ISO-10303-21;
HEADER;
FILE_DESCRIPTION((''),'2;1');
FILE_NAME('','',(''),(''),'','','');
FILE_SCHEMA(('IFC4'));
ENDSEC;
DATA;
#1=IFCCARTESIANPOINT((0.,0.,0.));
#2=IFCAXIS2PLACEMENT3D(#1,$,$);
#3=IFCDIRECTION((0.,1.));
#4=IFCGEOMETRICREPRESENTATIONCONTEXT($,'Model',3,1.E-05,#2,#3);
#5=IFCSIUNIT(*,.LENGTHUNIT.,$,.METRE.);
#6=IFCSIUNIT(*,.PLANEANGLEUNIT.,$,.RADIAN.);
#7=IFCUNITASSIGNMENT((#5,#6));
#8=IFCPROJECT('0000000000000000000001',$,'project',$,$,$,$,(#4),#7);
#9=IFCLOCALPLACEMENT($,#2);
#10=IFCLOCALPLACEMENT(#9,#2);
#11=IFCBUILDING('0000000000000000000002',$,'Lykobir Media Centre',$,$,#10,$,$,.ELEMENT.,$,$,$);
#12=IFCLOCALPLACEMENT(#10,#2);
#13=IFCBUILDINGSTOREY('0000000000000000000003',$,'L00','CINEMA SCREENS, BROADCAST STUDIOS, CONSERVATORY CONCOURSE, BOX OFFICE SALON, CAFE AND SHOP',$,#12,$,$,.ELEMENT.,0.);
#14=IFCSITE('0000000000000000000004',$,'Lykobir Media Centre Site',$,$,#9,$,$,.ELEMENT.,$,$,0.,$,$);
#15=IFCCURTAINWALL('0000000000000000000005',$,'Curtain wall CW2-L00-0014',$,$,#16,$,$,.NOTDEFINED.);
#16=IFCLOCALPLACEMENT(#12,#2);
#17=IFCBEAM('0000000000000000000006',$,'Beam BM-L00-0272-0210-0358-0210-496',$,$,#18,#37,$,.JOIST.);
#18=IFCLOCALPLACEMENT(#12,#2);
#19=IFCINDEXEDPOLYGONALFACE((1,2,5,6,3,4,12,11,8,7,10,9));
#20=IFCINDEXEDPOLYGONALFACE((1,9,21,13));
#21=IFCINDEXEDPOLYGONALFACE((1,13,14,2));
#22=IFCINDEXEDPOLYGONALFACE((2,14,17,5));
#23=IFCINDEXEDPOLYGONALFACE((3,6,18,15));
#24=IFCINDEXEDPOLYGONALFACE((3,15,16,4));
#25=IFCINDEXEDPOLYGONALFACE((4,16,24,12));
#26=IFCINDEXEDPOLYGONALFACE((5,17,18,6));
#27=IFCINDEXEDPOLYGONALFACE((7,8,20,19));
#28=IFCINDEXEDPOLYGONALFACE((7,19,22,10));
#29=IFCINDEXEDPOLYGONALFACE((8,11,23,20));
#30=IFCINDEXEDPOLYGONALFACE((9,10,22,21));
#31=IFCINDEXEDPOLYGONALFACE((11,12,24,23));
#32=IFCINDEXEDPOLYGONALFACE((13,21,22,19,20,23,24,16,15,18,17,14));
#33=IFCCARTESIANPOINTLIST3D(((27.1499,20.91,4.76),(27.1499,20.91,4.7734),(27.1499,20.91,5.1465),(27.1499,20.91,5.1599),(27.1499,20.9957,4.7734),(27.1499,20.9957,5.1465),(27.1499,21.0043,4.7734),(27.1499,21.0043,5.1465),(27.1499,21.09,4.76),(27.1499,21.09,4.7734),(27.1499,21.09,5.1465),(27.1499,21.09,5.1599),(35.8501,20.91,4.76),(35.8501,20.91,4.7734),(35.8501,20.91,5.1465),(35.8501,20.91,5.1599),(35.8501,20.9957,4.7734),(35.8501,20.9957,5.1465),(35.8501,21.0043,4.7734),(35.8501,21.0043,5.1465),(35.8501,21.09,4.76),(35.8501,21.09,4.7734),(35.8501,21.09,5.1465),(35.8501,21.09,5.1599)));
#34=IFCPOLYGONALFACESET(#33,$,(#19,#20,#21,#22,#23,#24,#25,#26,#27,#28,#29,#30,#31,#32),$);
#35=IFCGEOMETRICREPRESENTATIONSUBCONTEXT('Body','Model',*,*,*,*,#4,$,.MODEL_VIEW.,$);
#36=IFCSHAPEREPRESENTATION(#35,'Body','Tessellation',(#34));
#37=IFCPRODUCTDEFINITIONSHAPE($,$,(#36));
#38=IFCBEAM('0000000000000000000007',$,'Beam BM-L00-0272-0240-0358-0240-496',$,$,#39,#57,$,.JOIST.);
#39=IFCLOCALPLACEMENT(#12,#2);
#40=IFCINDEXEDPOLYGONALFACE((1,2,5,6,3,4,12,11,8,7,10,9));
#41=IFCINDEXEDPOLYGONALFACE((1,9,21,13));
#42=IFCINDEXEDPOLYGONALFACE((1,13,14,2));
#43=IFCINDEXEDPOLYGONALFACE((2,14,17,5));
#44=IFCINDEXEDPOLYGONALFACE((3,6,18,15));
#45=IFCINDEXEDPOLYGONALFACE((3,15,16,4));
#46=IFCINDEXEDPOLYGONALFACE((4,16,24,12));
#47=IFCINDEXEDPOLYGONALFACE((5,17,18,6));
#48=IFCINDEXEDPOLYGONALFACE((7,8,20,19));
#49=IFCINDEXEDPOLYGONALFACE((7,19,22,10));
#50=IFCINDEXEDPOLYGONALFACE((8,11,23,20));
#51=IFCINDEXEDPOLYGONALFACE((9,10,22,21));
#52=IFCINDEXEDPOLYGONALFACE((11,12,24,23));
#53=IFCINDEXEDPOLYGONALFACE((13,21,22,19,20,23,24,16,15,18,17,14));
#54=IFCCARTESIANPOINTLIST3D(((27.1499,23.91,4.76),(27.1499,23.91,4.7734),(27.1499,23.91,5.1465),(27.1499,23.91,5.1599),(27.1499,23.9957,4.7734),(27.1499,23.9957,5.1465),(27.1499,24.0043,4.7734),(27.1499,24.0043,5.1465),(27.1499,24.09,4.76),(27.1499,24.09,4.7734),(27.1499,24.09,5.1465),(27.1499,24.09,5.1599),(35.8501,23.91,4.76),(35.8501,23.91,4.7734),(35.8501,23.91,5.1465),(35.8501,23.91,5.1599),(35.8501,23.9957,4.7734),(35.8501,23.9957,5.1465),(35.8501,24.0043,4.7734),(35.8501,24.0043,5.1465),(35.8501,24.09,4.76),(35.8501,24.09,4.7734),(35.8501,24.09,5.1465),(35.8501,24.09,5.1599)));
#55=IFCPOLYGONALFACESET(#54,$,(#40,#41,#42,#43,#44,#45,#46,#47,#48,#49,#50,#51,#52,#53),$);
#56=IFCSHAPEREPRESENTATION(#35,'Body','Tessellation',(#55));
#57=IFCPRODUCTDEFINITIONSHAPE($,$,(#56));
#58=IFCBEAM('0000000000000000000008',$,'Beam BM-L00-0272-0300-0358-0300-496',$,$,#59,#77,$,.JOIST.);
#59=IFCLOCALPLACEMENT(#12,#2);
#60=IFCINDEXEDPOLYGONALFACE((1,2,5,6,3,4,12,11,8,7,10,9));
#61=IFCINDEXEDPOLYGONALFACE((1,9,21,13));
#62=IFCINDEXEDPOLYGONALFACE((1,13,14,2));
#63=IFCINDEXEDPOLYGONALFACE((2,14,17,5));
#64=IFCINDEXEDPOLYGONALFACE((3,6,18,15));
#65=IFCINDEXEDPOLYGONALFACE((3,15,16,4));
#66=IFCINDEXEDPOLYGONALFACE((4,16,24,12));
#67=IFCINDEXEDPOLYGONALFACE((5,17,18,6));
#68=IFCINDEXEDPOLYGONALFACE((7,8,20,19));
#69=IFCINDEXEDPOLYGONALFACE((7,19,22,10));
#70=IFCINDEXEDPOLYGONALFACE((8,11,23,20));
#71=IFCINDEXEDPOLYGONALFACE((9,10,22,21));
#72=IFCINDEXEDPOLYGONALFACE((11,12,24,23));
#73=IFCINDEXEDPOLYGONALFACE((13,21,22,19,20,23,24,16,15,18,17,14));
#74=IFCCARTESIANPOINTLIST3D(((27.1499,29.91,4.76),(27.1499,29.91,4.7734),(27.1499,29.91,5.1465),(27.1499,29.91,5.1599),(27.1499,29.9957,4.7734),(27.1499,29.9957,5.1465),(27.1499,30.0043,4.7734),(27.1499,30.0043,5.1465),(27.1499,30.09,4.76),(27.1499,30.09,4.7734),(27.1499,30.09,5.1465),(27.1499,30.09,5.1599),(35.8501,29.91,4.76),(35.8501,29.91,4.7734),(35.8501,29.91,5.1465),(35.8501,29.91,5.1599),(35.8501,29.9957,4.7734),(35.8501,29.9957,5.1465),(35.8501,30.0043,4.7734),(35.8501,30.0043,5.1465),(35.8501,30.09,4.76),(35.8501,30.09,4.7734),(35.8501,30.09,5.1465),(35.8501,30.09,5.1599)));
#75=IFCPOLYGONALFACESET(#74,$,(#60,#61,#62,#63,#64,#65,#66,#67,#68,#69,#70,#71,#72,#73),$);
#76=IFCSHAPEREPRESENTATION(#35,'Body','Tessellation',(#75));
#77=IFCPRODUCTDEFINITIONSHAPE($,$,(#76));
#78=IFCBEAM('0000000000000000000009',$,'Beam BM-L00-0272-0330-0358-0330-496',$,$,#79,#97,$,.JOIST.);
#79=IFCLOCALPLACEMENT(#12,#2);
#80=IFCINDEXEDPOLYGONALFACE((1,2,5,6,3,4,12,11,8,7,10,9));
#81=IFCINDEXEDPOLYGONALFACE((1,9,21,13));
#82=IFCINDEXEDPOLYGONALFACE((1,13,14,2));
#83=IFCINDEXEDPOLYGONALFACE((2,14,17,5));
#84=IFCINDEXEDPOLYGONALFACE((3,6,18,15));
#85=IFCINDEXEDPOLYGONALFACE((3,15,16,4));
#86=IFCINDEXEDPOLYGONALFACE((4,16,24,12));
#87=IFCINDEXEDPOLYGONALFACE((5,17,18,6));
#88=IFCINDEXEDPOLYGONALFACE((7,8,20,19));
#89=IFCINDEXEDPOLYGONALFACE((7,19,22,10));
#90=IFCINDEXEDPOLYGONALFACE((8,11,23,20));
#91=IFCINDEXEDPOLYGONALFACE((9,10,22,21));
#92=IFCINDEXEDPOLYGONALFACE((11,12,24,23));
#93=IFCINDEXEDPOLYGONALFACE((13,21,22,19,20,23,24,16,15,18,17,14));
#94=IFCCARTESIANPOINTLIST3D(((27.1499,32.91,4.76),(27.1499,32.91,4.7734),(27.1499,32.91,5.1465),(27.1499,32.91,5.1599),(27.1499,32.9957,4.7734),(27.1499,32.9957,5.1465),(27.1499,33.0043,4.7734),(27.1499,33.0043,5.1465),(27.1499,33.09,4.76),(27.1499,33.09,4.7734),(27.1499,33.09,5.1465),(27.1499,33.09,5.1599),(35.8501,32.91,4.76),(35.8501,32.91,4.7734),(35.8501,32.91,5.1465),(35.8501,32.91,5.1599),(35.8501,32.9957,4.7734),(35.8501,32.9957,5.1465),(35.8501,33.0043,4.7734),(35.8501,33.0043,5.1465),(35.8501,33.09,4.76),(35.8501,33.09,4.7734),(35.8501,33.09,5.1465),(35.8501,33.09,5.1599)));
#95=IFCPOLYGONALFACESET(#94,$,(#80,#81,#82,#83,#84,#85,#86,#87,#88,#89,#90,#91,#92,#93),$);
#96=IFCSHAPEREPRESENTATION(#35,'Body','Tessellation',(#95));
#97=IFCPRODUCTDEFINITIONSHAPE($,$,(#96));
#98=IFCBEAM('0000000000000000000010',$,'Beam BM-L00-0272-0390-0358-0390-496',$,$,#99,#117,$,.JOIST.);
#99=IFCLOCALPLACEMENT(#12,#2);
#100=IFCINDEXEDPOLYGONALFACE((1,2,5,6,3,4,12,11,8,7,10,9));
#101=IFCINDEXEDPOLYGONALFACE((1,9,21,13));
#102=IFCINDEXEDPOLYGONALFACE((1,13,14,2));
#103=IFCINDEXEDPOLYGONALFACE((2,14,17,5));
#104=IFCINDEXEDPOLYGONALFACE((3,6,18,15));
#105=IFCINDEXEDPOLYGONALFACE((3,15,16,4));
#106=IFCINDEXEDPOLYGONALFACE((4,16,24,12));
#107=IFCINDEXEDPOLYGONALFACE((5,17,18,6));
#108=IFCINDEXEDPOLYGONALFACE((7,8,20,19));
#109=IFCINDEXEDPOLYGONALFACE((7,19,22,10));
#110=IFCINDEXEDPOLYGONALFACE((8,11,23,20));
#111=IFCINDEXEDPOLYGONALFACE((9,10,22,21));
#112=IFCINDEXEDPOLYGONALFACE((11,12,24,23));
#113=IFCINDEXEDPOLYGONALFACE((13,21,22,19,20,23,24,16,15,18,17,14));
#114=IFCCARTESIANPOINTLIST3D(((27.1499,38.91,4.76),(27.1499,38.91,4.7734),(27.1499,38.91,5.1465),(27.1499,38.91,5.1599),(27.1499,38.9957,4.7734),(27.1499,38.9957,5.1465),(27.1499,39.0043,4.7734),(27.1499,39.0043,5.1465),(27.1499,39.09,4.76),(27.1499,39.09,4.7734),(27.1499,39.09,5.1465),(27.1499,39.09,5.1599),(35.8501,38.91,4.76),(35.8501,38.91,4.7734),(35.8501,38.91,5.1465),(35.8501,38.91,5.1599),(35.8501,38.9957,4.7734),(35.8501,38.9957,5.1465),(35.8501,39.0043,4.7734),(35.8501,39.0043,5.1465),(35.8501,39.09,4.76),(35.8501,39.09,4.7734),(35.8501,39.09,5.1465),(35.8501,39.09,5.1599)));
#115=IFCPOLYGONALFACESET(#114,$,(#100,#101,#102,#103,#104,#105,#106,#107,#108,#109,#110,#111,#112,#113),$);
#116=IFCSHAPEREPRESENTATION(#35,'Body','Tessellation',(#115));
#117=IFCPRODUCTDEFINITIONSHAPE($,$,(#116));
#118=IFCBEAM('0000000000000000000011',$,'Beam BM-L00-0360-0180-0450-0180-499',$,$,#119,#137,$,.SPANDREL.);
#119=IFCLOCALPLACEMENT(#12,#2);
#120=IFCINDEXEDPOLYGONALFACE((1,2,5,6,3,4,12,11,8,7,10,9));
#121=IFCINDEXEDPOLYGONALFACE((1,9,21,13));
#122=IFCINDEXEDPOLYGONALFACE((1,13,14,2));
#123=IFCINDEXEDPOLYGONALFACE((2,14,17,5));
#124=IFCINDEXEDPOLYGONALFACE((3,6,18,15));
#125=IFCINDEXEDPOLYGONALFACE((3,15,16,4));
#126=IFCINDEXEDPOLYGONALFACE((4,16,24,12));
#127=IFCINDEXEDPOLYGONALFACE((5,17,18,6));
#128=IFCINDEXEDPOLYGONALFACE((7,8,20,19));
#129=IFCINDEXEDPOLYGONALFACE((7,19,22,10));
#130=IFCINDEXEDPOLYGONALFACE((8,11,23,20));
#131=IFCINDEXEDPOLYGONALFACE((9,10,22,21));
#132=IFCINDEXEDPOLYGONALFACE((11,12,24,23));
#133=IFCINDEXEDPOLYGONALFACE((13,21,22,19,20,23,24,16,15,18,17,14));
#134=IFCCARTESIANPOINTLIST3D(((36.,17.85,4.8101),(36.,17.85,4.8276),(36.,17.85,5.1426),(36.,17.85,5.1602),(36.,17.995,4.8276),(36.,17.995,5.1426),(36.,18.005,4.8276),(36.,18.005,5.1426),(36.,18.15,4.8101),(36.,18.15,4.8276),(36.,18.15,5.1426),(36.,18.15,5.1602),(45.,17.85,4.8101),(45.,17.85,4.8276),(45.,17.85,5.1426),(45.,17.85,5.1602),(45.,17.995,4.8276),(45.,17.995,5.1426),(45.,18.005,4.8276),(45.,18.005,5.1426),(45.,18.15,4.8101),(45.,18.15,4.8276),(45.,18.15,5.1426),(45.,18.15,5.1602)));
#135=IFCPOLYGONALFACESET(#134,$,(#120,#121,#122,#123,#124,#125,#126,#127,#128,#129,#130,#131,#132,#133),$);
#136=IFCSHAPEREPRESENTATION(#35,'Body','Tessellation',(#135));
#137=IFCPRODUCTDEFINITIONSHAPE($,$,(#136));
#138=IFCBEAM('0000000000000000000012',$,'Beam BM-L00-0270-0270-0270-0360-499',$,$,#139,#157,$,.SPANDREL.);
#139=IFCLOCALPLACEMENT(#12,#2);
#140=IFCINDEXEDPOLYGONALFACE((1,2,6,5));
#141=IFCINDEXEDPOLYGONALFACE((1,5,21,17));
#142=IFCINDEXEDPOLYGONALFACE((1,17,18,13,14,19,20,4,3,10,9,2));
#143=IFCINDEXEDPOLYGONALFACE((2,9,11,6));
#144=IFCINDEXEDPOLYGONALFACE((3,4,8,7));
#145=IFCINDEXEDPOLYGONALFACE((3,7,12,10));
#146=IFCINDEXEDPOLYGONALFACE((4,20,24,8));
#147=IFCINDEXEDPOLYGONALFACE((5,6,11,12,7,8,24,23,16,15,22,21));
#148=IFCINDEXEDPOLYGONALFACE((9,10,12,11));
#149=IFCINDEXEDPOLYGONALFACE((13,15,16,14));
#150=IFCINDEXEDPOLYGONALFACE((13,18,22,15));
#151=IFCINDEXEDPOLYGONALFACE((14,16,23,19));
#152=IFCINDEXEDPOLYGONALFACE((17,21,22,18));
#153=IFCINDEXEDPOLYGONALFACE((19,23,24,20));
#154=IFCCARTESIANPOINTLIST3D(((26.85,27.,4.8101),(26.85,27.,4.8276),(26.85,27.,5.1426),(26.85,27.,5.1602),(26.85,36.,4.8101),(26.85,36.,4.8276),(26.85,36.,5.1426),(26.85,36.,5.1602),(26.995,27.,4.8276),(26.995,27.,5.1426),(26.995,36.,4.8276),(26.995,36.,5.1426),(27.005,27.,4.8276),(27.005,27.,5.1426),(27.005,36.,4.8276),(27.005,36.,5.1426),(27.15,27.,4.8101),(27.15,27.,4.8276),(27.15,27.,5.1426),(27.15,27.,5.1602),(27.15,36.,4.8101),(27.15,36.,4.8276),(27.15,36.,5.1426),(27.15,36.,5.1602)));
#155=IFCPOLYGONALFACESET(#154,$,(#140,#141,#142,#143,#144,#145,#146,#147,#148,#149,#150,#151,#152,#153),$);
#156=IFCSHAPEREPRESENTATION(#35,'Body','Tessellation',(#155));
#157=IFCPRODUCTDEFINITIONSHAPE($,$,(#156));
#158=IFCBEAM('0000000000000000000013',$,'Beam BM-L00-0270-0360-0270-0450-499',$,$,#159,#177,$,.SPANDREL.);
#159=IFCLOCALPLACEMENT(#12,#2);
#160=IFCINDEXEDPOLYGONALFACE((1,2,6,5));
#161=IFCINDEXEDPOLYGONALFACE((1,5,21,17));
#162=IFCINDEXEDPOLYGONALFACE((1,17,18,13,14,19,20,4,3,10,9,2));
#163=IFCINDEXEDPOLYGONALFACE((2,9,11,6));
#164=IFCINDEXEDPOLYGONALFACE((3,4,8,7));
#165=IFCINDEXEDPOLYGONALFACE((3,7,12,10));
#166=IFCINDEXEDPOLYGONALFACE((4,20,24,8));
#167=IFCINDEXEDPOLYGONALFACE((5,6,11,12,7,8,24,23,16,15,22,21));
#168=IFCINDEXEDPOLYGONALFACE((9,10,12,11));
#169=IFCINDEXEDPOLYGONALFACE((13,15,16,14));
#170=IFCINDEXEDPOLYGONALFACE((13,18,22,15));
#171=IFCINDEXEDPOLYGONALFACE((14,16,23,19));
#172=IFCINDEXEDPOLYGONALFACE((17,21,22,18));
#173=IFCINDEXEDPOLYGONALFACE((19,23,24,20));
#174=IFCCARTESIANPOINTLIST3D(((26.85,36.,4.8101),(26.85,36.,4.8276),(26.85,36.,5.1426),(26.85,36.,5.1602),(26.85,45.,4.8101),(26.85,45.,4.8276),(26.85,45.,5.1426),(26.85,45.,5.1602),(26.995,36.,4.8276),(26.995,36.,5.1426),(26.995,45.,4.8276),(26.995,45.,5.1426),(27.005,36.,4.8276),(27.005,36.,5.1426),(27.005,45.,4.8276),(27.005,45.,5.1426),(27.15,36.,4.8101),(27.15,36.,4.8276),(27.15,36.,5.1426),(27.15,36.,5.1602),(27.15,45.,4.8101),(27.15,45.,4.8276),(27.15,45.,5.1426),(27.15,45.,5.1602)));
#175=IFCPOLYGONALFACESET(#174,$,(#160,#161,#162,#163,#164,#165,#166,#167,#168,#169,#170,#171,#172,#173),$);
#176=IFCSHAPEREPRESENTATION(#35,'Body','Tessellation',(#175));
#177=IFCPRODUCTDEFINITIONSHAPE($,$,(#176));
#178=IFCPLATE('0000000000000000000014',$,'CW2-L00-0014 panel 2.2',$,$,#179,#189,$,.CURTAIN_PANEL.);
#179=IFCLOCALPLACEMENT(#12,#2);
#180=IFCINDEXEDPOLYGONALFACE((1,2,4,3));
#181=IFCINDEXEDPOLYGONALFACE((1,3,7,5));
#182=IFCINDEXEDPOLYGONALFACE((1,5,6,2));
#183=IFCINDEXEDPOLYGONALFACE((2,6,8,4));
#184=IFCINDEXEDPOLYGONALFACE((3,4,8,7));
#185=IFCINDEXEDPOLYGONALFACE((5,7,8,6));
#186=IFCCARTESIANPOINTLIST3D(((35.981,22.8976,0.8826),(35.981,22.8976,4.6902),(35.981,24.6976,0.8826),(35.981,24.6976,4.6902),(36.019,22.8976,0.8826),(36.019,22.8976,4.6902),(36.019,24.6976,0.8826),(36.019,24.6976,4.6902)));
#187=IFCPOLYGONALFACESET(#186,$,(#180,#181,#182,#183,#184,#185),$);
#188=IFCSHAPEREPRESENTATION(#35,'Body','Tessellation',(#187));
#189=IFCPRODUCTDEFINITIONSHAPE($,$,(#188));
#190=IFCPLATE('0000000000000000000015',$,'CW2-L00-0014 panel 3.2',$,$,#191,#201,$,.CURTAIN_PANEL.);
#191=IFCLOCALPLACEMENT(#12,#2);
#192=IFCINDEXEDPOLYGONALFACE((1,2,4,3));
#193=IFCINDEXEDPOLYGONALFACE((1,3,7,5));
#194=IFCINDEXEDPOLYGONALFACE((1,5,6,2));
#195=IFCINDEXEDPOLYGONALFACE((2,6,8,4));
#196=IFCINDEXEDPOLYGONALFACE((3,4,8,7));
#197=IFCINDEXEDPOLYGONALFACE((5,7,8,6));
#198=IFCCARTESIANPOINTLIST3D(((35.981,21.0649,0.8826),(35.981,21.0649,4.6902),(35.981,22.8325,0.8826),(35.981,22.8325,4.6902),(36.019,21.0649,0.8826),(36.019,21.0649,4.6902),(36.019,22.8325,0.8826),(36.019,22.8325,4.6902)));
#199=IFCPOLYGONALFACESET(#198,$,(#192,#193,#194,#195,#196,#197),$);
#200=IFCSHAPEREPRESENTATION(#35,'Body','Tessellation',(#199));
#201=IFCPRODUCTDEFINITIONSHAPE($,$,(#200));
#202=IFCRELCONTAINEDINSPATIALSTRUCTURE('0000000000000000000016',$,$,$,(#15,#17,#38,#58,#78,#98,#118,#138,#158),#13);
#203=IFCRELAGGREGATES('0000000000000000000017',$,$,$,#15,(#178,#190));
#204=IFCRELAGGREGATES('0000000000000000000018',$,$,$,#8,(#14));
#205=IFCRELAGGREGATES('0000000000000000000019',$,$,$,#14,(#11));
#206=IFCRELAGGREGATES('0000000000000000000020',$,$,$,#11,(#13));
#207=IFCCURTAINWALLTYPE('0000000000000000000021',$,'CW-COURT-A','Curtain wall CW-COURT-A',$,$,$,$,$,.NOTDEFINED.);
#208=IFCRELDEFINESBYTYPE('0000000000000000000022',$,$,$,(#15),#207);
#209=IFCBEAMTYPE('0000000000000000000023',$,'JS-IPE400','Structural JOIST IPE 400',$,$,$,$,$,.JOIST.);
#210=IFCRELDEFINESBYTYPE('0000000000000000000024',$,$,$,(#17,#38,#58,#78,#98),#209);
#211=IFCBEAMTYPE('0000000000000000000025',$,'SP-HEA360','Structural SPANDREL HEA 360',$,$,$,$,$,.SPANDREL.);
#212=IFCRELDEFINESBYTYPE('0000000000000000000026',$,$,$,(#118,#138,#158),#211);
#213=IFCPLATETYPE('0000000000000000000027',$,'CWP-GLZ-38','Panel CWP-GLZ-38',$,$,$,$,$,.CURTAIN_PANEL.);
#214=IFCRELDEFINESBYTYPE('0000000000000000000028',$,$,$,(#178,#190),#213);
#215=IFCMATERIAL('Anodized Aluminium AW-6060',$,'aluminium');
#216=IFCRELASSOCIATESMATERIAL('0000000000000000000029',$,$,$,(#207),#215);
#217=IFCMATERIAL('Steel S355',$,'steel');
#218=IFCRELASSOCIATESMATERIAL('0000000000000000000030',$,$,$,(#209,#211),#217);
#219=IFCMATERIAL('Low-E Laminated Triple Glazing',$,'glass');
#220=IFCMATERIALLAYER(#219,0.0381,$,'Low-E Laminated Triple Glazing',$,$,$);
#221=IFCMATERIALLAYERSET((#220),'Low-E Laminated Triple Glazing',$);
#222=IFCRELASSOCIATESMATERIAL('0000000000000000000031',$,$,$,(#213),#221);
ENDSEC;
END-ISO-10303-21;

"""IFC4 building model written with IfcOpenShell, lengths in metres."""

from ifc_helpers import new_model, si_unit, direction, frame, origin, origin_2d, place, context, subcontext, project, spatial, rectangle, i_section, extrude, material, layer, layer_set, material_profile, profile_set, type_object, element, aggregate, save


model = new_model("IFC4")

# Units and contexts
model_context = context("Model", 3, precision=1e-05, world=origin(), true_north=direction((0.0, 1.0)))
body_context = subcontext(model_context, "Body", "Model", "MODEL_VIEW")
ifc_project = project(units=[si_unit("LENGTHUNIT", "METRE"), si_unit("PLANEANGLEUNIT", "RADIAN")], contexts=[model_context])

# Site, building, storey
site_placement = place(None, origin())
site = spatial("IfcSite", under=ifc_project, at=site_placement, Name="Lykobir Media Centre Site", CompositionType="ELEMENT", RefElevation=0.0)
building_placement = place(site_placement, origin())
building = spatial("IfcBuilding", under=site, at=building_placement, Name="Lykobir Media Centre", CompositionType="ELEMENT")
storey_placement = place(building_placement, origin())
storey = spatial("IfcBuildingStorey", under=building, at=storey_placement, Name="L00", Description="CINEMA SCREENS, BROADCAST STUDIOS, CONSERVATORY CONCOURSE, BOX OFFICE SALON, CAFE AND SHOP", CompositionType="ELEMENT", Elevation=0.0)

# Shared definitions
ifc_material_1 = material(Name="Steel S355", Category="steel")

# Curtain wall
ifc_material_2 = material(Name="Anodized Aluminium AW-6060", Category="aluminium")
curtain_wall_type = type_object("IfcCurtainWallType", Name="CW-COURT-A", Description="Curtain wall CW-COURT-A", PredefinedType="NOTDEFINED", material=ifc_material_2)
curtain_wall_placement = place(storey_placement, origin())
curtain_wall = element("IfcCurtainWall", 1, at=curtain_wall_placement, inside=storey, type_object=curtain_wall_type, Name="Curtain wall CW2-L00-0014", PredefinedType="NOTDEFINED")

# Beams
ifc_material_profile_1 = material_profile(ifc_material_1, i_section(OverallWidth=0.1799, OverallDepth=0.3999, WebThickness=0.0085, FlangeThickness=0.0134, at=origin_2d()), Name="IPE 400")
ifc_profile_set_1 = profile_set([ifc_material_profile_1], Name="Steel S355")
beam_type_1 = type_object("IfcBeamType", Name="JS-IPE400", Description="Structural JOIST IPE 400", PredefinedType="JOIST", material=ifc_profile_set_1)
for number, where, z_axis, x_axis, name in (
    (2, (27.1499, 21.0, 4.96), (1.0, 0.0, 0.0), (0.0, 1.0, 0.0), "Beam BM-L00-0272-0210-0358-0210-496"),
    (3, (27.1499, 24.0, 4.96), (1.0, 0.0, 0.0), (0.0, 1.0, 0.0), "Beam BM-L00-0272-0240-0358-0240-496"),
    (4, (27.1499, 30.0, 4.96), (1.0, 0.0, 0.0), (0.0, 1.0, 0.0), "Beam BM-L00-0272-0300-0358-0300-496"),
    (5, (27.1499, 33.0, 4.96), (1.0, 0.0, 0.0), (0.0, 1.0, 0.0), "Beam BM-L00-0272-0330-0358-0330-496"),
    (6, (27.1499, 39.0, 4.96), (1.0, 0.0, 0.0), (0.0, 1.0, 0.0), "Beam BM-L00-0272-0390-0358-0390-496"),
):
    element("IfcBeam", number, at=place(storey_placement, frame(where, z_axis=z_axis, x_axis=x_axis)), inside=storey, type_object=beam_type_1, Name=name, PredefinedType="JOIST", context=body_context, shape_type="SweptSolid", body=[
        extrude(i_section(OverallWidth=0.1799, OverallDepth=0.3999, WebThickness=0.0085, FlangeThickness=0.0134, at=origin_2d()), origin(), (0.0, 0.0, 1.0), 8.7002),
    ])
ifc_material_profile_2 = material_profile(ifc_material_1, i_section(OverallWidth=0.3, OverallDepth=0.3501, WebThickness=0.01, FlangeThickness=0.0176, at=origin_2d()), Name="HEA 360")
ifc_profile_set_2 = profile_set([ifc_material_profile_2], Name="Steel S355")
beam_type_2 = type_object("IfcBeamType", Name="SP-HEA360", Description="Structural SPANDREL HEA 360", PredefinedType="SPANDREL", material=ifc_profile_set_2)
for number, where, z_axis, x_axis, name in (
    (7, (36.0, 18.0, 4.9851), (1.0, 0.0, 0.0), (0.0, 1.0, 0.0), "Beam BM-L00-0360-0180-0450-0180-499"),
    (8, (27.0, 27.0, 4.9851), (0.0, 1.0, 0.0), (-1.0, 0.0, 0.0), "Beam BM-L00-0270-0270-0270-0360-499"),
    (9, (27.0, 36.0, 4.9851), (0.0, 1.0, 0.0), (-1.0, 0.0, 0.0), "Beam BM-L00-0270-0360-0270-0450-499"),
):
    element("IfcBeam", number, at=place(storey_placement, frame(where, z_axis=z_axis, x_axis=x_axis)), inside=storey, type_object=beam_type_2, Name=name, PredefinedType="SPANDREL", context=body_context, shape_type="SweptSolid", body=[
        extrude(i_section(OverallWidth=0.3, OverallDepth=0.3501, WebThickness=0.01, FlangeThickness=0.0176, at=origin_2d()), origin(), (0.0, 0.0, 1.0), 9.0),
    ])

# Plates
ifc_material_3 = material(Name="Low-E Laminated Triple Glazing", Category="glass")
ifc_layer_1 = layer(ifc_material_3, 0.0381, Name="Low-E Laminated Triple Glazing")
ifc_layer_set_1 = layer_set([ifc_layer_1], Name="Low-E Laminated Triple Glazing")
plate_type_1 = type_object("IfcPlateType", Name="CWP-GLZ-38", Description="Panel CWP-GLZ-38", PredefinedType="CURTAIN_PANEL", material=ifc_layer_set_1)
plate_1_placement = place(storey_placement, frame((36.0, 23.7976, 0.8826), z_axis=(0.0, 0.0, 1.0), x_axis=(0.0, -1.0, 0.0)))
plate_1 = element("IfcPlate", 10, at=plate_1_placement, type_object=plate_type_1, Name="CW2-L00-0014 panel 2.2", PredefinedType="CURTAIN_PANEL", context=body_context, shape_type="SweptSolid", body=[
    extrude(rectangle(XDim=1.8, YDim=0.0381, at=origin_2d()), origin(), (0.0, 0.0, 1.0), 3.8076),
])
plate_2_placement = place(storey_placement, frame((36.0, 21.9487, 0.8826), z_axis=(0.0, 0.0, 1.0), x_axis=(0.0, -1.0, 0.0)))
plate_2 = element("IfcPlate", 11, at=plate_2_placement, type_object=plate_type_1, Name="CW2-L00-0014 panel 3.2", PredefinedType="CURTAIN_PANEL", context=body_context, shape_type="SweptSolid", body=[
    extrude(rectangle(XDim=1.7676, YDim=0.0381, at=origin_2d()), origin(), (0.0, 0.0, 1.0), 3.8076),
])
aggregate(curtain_wall, [plate_1, plate_2])

save(model, "model.ifc")
